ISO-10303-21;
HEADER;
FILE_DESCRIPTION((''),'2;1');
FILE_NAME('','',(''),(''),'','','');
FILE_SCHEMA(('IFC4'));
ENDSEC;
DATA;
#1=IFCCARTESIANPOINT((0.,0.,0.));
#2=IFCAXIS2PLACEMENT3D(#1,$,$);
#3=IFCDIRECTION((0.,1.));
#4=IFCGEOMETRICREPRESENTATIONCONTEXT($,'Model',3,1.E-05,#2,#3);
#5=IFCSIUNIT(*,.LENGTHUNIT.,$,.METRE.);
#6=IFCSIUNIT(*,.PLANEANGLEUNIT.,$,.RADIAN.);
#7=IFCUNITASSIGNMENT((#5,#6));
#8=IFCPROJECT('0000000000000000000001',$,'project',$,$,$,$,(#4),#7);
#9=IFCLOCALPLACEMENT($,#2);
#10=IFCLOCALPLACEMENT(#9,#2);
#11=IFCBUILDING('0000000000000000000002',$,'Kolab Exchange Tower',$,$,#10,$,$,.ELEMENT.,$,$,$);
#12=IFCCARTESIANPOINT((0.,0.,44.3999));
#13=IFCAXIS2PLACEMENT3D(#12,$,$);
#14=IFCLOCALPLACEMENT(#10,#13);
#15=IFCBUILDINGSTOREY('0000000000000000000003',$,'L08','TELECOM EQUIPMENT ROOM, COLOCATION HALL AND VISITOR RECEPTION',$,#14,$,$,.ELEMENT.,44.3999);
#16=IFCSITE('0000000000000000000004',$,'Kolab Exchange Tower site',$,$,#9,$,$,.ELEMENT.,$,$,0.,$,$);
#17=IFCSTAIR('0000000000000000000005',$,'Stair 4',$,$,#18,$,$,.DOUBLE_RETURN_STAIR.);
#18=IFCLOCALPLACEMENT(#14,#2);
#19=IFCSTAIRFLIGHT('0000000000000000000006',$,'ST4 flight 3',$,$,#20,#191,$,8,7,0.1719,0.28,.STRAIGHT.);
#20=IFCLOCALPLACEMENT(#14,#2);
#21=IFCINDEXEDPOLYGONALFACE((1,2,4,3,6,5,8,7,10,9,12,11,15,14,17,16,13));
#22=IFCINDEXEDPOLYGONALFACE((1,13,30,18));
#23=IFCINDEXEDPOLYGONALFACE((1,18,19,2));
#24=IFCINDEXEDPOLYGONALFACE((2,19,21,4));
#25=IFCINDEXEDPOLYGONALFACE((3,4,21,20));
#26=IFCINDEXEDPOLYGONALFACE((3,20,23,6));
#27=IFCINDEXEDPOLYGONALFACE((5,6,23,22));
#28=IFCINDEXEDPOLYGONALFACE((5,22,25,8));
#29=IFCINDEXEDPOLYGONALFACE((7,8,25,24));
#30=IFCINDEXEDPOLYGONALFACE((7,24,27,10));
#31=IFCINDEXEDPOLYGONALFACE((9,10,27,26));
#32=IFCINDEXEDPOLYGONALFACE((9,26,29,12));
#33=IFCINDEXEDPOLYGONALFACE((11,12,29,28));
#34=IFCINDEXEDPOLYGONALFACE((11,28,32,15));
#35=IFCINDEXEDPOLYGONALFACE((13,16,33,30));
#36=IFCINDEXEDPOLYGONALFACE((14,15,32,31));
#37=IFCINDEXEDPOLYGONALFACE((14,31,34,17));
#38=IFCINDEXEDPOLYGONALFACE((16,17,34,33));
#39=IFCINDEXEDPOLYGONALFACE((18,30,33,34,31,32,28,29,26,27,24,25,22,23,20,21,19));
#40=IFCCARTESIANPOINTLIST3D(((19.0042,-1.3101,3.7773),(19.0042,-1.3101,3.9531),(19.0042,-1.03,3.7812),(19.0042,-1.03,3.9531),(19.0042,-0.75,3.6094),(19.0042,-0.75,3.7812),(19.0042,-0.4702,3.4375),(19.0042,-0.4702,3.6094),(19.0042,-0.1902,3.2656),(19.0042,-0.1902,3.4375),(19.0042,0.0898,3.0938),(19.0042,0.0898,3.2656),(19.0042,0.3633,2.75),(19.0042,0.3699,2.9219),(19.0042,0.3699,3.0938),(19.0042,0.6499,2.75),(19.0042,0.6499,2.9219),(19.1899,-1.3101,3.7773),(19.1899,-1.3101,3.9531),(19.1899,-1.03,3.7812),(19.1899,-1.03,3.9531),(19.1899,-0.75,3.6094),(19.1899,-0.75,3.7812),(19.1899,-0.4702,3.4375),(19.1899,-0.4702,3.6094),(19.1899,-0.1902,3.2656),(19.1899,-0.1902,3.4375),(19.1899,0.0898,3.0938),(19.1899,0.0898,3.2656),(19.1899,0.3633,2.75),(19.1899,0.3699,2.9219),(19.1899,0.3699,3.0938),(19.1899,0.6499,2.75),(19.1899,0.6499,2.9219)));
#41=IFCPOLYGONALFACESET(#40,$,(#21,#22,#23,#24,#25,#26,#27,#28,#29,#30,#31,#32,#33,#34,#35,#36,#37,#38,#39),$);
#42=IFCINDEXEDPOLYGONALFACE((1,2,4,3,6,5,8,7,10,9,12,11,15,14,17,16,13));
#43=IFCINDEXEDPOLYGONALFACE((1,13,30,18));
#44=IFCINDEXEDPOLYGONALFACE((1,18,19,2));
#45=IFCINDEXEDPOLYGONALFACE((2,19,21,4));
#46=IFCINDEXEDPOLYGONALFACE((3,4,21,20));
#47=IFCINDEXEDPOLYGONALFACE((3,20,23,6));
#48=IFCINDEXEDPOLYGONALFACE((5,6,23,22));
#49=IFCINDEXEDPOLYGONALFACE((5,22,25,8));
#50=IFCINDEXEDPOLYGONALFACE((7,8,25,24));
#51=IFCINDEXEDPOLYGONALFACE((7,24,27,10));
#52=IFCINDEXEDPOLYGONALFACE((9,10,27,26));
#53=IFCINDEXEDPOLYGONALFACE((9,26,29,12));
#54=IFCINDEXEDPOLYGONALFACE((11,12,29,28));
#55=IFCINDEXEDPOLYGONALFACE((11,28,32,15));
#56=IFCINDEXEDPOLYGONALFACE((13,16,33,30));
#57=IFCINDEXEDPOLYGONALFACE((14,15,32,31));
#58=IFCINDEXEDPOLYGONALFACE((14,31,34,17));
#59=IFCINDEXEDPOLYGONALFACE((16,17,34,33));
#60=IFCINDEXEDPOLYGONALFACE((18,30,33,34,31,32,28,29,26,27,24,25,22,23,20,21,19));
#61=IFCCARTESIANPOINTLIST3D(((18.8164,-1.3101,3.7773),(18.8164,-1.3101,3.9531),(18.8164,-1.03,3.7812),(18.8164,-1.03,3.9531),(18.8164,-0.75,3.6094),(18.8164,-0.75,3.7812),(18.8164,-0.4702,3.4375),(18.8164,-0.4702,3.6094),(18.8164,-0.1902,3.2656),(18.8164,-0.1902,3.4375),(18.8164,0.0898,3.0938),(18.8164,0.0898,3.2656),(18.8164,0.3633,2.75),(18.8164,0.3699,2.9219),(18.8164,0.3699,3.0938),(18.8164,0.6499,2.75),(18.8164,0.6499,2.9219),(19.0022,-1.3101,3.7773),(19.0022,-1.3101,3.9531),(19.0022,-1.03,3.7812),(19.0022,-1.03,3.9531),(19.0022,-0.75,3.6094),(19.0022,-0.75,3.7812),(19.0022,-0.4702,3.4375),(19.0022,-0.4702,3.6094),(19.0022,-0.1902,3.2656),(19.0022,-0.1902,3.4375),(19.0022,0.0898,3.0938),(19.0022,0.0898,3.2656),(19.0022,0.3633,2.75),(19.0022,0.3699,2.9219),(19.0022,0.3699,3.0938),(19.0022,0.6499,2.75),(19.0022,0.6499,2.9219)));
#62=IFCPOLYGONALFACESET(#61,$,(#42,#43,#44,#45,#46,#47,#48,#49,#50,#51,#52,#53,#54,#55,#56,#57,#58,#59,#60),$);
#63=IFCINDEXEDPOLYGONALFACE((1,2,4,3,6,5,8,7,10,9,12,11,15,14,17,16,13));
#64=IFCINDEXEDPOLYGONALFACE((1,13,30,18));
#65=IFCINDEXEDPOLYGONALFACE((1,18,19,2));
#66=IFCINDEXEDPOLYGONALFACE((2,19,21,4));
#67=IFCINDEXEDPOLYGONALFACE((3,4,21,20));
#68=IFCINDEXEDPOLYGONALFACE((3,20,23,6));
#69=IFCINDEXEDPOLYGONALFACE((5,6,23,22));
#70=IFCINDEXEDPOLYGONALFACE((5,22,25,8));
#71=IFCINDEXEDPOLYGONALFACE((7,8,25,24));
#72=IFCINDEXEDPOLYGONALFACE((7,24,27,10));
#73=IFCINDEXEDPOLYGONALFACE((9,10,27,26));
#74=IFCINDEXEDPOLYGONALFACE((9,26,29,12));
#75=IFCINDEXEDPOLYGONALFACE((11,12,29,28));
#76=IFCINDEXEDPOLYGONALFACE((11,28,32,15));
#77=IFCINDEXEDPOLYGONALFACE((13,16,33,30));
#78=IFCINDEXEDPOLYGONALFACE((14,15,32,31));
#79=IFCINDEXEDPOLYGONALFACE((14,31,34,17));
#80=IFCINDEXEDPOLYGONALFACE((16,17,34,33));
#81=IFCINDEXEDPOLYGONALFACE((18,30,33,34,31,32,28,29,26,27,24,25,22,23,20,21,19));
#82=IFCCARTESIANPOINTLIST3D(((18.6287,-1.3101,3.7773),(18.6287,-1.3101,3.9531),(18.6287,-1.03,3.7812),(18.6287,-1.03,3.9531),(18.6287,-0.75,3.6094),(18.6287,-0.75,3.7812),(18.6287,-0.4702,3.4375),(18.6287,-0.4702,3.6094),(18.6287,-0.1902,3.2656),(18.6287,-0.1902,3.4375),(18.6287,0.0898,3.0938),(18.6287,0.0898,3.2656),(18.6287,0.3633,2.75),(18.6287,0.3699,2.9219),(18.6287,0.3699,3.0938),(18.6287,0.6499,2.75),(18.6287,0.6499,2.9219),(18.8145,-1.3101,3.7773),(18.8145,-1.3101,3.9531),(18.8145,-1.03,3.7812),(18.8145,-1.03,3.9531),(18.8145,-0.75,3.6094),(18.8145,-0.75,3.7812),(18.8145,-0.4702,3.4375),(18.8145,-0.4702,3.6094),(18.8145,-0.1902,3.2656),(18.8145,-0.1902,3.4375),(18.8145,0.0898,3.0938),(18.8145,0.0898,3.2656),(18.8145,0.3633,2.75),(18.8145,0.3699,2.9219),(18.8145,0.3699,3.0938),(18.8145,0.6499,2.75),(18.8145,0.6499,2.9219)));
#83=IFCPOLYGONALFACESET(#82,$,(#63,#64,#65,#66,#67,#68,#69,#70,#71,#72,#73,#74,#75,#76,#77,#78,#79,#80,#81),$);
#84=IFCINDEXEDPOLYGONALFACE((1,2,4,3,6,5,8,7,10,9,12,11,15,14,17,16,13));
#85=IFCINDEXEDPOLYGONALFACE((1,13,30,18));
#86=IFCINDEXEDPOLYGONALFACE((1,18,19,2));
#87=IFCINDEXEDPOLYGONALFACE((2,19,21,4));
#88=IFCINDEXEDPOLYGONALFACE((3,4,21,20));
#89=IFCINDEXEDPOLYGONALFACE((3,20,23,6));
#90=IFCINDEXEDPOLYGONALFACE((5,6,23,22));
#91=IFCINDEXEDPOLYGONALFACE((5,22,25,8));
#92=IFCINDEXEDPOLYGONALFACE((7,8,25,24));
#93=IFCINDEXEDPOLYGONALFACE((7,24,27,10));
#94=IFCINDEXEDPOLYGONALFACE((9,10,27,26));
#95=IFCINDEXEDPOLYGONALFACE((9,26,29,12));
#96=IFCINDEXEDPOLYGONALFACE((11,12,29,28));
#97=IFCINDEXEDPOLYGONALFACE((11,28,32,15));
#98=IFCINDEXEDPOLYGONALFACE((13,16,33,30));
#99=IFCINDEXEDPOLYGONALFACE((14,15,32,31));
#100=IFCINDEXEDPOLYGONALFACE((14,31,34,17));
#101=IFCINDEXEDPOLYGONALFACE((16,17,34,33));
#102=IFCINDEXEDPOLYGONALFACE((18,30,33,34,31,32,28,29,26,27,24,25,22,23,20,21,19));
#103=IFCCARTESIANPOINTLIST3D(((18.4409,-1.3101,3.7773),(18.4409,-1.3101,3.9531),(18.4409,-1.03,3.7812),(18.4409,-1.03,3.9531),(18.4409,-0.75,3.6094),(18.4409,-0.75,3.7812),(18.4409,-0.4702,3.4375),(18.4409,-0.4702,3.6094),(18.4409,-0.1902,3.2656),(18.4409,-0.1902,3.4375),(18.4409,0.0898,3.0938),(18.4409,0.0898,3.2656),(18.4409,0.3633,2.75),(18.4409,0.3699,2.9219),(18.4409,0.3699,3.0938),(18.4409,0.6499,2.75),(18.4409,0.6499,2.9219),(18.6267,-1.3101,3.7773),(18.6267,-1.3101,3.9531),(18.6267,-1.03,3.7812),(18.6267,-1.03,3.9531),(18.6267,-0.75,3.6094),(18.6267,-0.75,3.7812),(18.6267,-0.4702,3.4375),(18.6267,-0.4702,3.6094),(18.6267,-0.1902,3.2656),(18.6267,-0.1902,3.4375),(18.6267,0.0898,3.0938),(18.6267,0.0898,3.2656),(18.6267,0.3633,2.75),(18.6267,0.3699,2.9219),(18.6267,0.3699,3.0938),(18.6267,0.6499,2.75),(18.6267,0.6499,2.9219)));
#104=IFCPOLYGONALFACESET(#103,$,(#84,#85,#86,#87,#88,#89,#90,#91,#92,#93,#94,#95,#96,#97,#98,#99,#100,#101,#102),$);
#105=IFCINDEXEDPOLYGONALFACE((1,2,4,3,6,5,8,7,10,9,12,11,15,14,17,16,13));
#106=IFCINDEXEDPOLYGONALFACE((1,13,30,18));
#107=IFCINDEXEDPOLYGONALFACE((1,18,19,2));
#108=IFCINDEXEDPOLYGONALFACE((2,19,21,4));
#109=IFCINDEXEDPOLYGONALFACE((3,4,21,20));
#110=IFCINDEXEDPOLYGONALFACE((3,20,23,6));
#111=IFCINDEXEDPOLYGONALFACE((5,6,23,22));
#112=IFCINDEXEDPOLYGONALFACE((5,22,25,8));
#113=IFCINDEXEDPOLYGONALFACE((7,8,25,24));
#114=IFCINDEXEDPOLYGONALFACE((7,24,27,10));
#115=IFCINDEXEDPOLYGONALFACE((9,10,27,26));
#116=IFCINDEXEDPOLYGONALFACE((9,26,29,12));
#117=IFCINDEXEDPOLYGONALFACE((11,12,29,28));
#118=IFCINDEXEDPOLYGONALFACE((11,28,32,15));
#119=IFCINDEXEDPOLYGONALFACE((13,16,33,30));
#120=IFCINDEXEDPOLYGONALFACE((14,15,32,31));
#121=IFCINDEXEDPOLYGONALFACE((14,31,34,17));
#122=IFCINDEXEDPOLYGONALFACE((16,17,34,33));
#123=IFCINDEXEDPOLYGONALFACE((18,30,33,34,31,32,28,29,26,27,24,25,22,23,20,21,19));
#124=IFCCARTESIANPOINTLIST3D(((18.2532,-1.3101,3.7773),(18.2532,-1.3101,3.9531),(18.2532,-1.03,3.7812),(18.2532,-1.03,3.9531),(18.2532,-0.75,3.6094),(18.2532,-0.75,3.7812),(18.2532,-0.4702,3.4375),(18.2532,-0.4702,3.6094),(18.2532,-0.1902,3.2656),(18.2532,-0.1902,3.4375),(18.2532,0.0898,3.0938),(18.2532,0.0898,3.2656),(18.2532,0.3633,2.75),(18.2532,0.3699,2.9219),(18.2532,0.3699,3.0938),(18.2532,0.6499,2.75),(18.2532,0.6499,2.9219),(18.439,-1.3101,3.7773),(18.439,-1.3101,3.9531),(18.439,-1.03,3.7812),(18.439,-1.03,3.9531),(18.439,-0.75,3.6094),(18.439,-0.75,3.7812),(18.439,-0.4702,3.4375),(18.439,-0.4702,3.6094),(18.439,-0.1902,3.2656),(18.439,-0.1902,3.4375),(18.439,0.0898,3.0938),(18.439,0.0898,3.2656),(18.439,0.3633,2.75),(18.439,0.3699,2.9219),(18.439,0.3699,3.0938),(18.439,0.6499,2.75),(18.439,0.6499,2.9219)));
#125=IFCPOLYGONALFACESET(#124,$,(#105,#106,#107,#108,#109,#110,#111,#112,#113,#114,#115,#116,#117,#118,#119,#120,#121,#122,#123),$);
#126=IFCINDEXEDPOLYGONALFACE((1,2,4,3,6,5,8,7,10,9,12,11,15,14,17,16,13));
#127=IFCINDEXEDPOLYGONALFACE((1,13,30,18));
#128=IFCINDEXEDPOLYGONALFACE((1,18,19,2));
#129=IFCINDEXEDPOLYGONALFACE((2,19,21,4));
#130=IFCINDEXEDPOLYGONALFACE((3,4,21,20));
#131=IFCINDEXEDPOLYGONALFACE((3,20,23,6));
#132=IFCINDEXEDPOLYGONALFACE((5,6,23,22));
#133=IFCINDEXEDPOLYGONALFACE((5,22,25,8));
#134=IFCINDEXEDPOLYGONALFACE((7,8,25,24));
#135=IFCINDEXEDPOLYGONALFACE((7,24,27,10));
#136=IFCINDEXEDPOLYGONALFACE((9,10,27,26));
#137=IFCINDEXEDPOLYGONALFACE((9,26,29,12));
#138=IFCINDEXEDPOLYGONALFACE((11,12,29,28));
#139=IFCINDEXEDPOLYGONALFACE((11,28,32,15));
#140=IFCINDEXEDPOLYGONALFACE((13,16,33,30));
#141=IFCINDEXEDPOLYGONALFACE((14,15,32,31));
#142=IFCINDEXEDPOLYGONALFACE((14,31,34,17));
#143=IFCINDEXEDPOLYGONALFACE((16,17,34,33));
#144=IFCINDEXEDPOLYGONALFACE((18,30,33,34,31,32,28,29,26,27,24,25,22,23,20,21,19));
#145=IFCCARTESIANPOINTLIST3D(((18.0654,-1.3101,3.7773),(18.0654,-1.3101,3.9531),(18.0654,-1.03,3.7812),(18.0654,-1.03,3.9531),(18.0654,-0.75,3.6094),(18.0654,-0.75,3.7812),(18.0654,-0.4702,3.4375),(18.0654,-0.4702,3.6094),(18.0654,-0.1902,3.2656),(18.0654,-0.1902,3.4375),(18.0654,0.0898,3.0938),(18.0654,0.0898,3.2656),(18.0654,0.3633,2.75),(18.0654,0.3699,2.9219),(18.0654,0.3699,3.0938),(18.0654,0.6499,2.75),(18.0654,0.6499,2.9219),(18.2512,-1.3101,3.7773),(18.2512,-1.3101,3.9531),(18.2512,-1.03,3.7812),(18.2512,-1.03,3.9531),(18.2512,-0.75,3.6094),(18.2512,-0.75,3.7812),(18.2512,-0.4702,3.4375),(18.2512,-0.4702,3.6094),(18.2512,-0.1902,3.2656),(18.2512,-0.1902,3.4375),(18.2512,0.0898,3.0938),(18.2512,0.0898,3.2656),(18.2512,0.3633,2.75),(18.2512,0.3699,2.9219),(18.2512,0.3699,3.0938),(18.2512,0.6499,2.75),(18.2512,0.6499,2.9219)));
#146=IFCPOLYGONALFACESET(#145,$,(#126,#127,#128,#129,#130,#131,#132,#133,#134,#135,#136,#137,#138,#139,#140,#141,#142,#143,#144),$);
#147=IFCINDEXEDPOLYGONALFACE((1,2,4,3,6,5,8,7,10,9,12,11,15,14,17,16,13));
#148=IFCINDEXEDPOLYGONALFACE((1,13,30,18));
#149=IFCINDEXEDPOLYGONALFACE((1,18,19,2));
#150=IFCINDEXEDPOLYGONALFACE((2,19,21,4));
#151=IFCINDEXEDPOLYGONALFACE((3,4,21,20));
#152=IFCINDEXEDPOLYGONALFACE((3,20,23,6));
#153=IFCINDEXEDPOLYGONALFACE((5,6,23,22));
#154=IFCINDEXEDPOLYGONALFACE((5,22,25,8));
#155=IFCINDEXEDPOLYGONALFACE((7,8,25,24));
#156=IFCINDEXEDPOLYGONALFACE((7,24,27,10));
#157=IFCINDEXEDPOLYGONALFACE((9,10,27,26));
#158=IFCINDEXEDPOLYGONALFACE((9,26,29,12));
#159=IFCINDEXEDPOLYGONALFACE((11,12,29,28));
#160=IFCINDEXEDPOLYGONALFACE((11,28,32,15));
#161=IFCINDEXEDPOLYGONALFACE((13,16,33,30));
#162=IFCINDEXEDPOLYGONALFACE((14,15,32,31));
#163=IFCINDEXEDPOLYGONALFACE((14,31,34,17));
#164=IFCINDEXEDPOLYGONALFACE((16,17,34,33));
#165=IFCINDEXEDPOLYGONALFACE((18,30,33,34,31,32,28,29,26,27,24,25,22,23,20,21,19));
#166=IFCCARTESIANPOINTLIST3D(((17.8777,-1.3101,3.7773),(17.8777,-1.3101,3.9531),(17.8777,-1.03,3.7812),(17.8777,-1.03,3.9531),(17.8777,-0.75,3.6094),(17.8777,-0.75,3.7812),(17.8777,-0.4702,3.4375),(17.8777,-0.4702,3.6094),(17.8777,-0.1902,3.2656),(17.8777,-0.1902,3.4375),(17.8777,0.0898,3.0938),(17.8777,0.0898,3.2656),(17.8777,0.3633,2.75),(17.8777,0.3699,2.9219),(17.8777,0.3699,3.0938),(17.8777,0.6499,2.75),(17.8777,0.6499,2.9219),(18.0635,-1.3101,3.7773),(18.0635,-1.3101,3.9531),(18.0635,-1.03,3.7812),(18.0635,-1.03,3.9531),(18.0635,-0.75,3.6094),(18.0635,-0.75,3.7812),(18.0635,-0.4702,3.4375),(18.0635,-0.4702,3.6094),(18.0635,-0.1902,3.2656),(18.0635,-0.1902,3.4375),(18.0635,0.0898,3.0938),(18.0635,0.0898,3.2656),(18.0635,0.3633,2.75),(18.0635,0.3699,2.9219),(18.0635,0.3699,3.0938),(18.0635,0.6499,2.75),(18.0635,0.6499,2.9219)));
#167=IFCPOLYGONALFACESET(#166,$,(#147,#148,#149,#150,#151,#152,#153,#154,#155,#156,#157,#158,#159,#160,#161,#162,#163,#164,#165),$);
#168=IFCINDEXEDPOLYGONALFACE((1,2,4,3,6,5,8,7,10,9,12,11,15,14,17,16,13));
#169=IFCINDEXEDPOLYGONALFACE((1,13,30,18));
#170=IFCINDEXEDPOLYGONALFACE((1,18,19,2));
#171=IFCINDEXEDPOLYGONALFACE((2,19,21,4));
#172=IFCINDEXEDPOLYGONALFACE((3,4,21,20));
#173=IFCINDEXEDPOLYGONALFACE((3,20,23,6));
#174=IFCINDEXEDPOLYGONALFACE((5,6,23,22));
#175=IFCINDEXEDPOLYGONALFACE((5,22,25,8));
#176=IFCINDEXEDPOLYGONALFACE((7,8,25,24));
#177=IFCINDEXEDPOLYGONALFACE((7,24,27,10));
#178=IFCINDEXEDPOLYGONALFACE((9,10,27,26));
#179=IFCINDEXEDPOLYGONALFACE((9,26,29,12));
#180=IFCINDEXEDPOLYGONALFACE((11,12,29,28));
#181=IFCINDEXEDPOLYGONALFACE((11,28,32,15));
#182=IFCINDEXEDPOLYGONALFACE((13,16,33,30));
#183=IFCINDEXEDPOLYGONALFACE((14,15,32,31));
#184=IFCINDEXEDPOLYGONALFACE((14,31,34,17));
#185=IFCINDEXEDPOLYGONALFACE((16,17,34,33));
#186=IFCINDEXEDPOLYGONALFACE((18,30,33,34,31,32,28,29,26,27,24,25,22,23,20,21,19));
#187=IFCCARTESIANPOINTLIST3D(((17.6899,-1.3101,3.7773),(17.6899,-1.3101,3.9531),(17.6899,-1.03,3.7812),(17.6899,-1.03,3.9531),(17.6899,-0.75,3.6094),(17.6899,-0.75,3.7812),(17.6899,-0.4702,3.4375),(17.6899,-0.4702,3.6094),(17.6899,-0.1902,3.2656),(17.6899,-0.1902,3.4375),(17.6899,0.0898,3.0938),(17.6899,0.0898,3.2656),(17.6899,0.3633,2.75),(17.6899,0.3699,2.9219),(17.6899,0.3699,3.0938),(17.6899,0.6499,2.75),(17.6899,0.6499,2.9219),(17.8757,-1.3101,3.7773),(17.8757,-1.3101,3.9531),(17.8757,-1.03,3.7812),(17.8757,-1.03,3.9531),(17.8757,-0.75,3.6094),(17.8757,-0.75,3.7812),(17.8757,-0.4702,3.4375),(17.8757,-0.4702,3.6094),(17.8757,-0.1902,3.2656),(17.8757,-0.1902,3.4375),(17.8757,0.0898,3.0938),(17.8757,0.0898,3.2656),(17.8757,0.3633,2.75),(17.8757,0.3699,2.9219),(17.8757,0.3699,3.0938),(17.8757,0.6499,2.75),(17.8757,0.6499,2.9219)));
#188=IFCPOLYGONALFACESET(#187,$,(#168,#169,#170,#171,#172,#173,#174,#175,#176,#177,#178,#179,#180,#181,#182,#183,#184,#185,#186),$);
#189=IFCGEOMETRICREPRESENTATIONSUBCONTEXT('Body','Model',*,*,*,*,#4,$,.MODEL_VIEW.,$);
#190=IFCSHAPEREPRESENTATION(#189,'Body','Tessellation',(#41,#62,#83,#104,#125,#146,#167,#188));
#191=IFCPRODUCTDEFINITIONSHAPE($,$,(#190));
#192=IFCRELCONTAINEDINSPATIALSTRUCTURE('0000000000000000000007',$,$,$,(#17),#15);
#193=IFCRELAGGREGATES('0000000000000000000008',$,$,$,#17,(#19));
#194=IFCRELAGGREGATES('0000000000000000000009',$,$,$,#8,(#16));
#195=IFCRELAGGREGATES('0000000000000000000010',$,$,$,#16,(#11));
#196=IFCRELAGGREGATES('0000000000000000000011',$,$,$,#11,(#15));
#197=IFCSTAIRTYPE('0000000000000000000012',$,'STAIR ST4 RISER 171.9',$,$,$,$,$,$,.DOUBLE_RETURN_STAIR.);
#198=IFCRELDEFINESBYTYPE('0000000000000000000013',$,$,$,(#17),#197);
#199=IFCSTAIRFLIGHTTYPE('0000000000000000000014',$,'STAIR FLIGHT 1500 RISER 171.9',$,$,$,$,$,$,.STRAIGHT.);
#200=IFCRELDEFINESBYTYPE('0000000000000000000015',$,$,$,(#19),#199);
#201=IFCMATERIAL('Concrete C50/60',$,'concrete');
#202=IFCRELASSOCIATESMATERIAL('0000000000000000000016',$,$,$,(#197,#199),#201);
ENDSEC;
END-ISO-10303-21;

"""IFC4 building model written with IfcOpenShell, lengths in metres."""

from ifc_helpers import new_model, si_unit, direction, frame, origin, place, context, subcontext, project, spatial, polyline, outline, extrude, material, type_object, element, aggregate, save


model = new_model("IFC4")

# Units and contexts
model_context = context("Model", 3, precision=1e-05, world=origin(), true_north=direction((0.0, 1.0)))
body_context = subcontext(model_context, "Body", "Model", "MODEL_VIEW")
ifc_project = project(units=[si_unit("LENGTHUNIT", "METRE"), si_unit("PLANEANGLEUNIT", "RADIAN")], contexts=[model_context])

# Site, building, storey
site_placement = place(None, origin())
site = spatial("IfcSite", under=ifc_project, at=site_placement, Name="Kolab Exchange Tower site", CompositionType="ELEMENT", RefElevation=0.0)
building_placement = place(site_placement, origin())
building = spatial("IfcBuilding", under=site, at=building_placement, Name="Kolab Exchange Tower", CompositionType="ELEMENT")
storey_placement = place(building_placement, frame((0.0, 0.0, 44.3999)))
storey = spatial("IfcBuildingStorey", under=building, at=storey_placement, Name="L08", Description="TELECOM EQUIPMENT ROOM, COLOCATION HALL AND VISITOR RECEPTION", CompositionType="ELEMENT", Elevation=44.3999)

# Stair, stair flight
ifc_material_1 = material(Name="Concrete C50/60", Category="concrete")
stair_type = type_object("IfcStairType", Name="STAIR ST4 RISER 171.9", PredefinedType="DOUBLE_RETURN_STAIR", material=ifc_material_1)
stair_placement = place(storey_placement, origin())
stair = element("IfcStair", 1, at=stair_placement, inside=storey, type_object=stair_type, Name="Stair 4", PredefinedType="DOUBLE_RETURN_STAIR")
stair_flight_type = type_object("IfcStairFlightType", Name="STAIR FLIGHT 1500 RISER 171.9", PredefinedType="STRAIGHT", material=ifc_material_1)
stair_flight_1_placement = place(storey_placement, frame((18.4399, 0.6499, 2.75), z_axis=(0.0, 0.0, 1.0), x_axis=(0.0, -1.0, 0.0)))
stair_flight_1 = element("IfcStairFlight", 2, at=stair_flight_1_placement, type_object=stair_flight_type, Name="ST4 flight 3", NumberOfRisers=8, NumberOfTreads=7, PredefinedType="STRAIGHT", RiserHeight=0.1719, TreadLength=0.28, context=body_context, shape_type="SweptSolid", body=[
    extrude(outline(polyline([(0.0, 0.0), (0.0, 0.1719), (0.28, 0.1719), (0.28, 0.3438), (0.5601, 0.3438), (0.5601, 0.5156), (0.8401, 0.5156), (0.8401, 0.6875), (1.1201, 0.6875), (1.1201, 0.8594), (1.3999, 0.8594), (1.3999, 1.0312), (1.6799, 1.0312), (1.6799, 1.2031), (1.96, 1.2031), (1.96, 1.375), (1.96, 1.0273), (0.2866, 0.0), (0.0, 0.0)])), frame((0.0, 0.75, 0.0), z_axis=(0.0, -1.0, 0.0), x_axis=(1.0, 0.0, 0.0)), (0.0, 0.0, 1.0), 0.1858),
    extrude(outline(polyline([(0.0, 0.0), (0.0, 0.1719), (0.28, 0.1719), (0.28, 0.3438), (0.5601, 0.3438), (0.5601, 0.5156), (0.8401, 0.5156), (0.8401, 0.6875), (1.1201, 0.6875), (1.1201, 0.8594), (1.3999, 0.8594), (1.3999, 1.0312), (1.6799, 1.0312), (1.6799, 1.2031), (1.96, 1.2031), (1.96, 1.375), (1.96, 1.0273), (0.2866, 0.0), (0.0, 0.0)])), frame((0.0, 0.5623, 0.0), z_axis=(0.0, -1.0, 0.0), x_axis=(1.0, 0.0, 0.0)), (0.0, 0.0, 1.0), 0.1858),
    extrude(outline(polyline([(0.0, 0.0), (0.0, 0.1719), (0.28, 0.1719), (0.28, 0.3438), (0.5601, 0.3438), (0.5601, 0.5156), (0.8401, 0.5156), (0.8401, 0.6875), (1.1201, 0.6875), (1.1201, 0.8594), (1.3999, 0.8594), (1.3999, 1.0312), (1.6799, 1.0312), (1.6799, 1.2031), (1.96, 1.2031), (1.96, 1.375), (1.96, 1.0273), (0.2866, 0.0), (0.0, 0.0)])), frame((0.0, 0.3745, 0.0), z_axis=(0.0, -1.0, 0.0), x_axis=(1.0, 0.0, 0.0)), (0.0, 0.0, 1.0), 0.1858),
    extrude(outline(polyline([(0.0, 0.0), (0.0, 0.1719), (0.28, 0.1719), (0.28, 0.3438), (0.5601, 0.3438), (0.5601, 0.5156), (0.8401, 0.5156), (0.8401, 0.6875), (1.1201, 0.6875), (1.1201, 0.8594), (1.3999, 0.8594), (1.3999, 1.0312), (1.6799, 1.0312), (1.6799, 1.2031), (1.96, 1.2031), (1.96, 1.375), (1.96, 1.0273), (0.2866, 0.0), (0.0, 0.0)])), frame((0.0, 0.1868, 0.0), z_axis=(0.0, -1.0, 0.0), x_axis=(1.0, 0.0, 0.0)), (0.0, 0.0, 1.0), 0.1858),
    extrude(outline(polyline([(0.0, 0.0), (0.0, 0.1719), (0.28, 0.1719), (0.28, 0.3438), (0.5601, 0.3438), (0.5601, 0.5156), (0.8401, 0.5156), (0.8401, 0.6875), (1.1201, 0.6875), (1.1201, 0.8594), (1.3999, 0.8594), (1.3999, 1.0312), (1.6799, 1.0312), (1.6799, 1.2031), (1.96, 1.2031), (1.96, 1.375), (1.96, 1.0273), (0.2866, 0.0), (0.0, 0.0)])), frame((0.0, -0.001, 0.0), z_axis=(0.0, -1.0, 0.0), x_axis=(1.0, 0.0, 0.0)), (0.0, 0.0, 1.0), 0.1858),
    extrude(outline(polyline([(0.0, 0.0), (0.0, 0.1719), (0.28, 0.1719), (0.28, 0.3438), (0.5601, 0.3438), (0.5601, 0.5156), (0.8401, 0.5156), (0.8401, 0.6875), (1.1201, 0.6875), (1.1201, 0.8594), (1.3999, 0.8594), (1.3999, 1.0312), (1.6799, 1.0312), (1.6799, 1.2031), (1.96, 1.2031), (1.96, 1.375), (1.96, 1.0273), (0.2866, 0.0), (0.0, 0.0)])), frame((0.0, -0.1887, 0.0), z_axis=(0.0, -1.0, 0.0), x_axis=(1.0, 0.0, 0.0)), (0.0, 0.0, 1.0), 0.1858),
    extrude(outline(polyline([(0.0, 0.0), (0.0, 0.1719), (0.28, 0.1719), (0.28, 0.3438), (0.5601, 0.3438), (0.5601, 0.5156), (0.8401, 0.5156), (0.8401, 0.6875), (1.1201, 0.6875), (1.1201, 0.8594), (1.3999, 0.8594), (1.3999, 1.0312), (1.6799, 1.0312), (1.6799, 1.2031), (1.96, 1.2031), (1.96, 1.375), (1.96, 1.0273), (0.2866, 0.0), (0.0, 0.0)])), frame((0.0, -0.3765, 0.0), z_axis=(0.0, -1.0, 0.0), x_axis=(1.0, 0.0, 0.0)), (0.0, 0.0, 1.0), 0.1858),
    extrude(outline(polyline([(0.0, 0.0), (0.0, 0.1719), (0.28, 0.1719), (0.28, 0.3438), (0.5601, 0.3438), (0.5601, 0.5156), (0.8401, 0.5156), (0.8401, 0.6875), (1.1201, 0.6875), (1.1201, 0.8594), (1.3999, 0.8594), (1.3999, 1.0312), (1.6799, 1.0312), (1.6799, 1.2031), (1.96, 1.2031), (1.96, 1.375), (1.96, 1.0273), (0.2866, 0.0), (0.0, 0.0)])), frame((0.0, -0.5642, 0.0), z_axis=(0.0, -1.0, 0.0), x_axis=(1.0, 0.0, 0.0)), (0.0, 0.0, 1.0), 0.1858),
])
aggregate(stair, [stair_flight_1])

save(model, "model.ifc")
